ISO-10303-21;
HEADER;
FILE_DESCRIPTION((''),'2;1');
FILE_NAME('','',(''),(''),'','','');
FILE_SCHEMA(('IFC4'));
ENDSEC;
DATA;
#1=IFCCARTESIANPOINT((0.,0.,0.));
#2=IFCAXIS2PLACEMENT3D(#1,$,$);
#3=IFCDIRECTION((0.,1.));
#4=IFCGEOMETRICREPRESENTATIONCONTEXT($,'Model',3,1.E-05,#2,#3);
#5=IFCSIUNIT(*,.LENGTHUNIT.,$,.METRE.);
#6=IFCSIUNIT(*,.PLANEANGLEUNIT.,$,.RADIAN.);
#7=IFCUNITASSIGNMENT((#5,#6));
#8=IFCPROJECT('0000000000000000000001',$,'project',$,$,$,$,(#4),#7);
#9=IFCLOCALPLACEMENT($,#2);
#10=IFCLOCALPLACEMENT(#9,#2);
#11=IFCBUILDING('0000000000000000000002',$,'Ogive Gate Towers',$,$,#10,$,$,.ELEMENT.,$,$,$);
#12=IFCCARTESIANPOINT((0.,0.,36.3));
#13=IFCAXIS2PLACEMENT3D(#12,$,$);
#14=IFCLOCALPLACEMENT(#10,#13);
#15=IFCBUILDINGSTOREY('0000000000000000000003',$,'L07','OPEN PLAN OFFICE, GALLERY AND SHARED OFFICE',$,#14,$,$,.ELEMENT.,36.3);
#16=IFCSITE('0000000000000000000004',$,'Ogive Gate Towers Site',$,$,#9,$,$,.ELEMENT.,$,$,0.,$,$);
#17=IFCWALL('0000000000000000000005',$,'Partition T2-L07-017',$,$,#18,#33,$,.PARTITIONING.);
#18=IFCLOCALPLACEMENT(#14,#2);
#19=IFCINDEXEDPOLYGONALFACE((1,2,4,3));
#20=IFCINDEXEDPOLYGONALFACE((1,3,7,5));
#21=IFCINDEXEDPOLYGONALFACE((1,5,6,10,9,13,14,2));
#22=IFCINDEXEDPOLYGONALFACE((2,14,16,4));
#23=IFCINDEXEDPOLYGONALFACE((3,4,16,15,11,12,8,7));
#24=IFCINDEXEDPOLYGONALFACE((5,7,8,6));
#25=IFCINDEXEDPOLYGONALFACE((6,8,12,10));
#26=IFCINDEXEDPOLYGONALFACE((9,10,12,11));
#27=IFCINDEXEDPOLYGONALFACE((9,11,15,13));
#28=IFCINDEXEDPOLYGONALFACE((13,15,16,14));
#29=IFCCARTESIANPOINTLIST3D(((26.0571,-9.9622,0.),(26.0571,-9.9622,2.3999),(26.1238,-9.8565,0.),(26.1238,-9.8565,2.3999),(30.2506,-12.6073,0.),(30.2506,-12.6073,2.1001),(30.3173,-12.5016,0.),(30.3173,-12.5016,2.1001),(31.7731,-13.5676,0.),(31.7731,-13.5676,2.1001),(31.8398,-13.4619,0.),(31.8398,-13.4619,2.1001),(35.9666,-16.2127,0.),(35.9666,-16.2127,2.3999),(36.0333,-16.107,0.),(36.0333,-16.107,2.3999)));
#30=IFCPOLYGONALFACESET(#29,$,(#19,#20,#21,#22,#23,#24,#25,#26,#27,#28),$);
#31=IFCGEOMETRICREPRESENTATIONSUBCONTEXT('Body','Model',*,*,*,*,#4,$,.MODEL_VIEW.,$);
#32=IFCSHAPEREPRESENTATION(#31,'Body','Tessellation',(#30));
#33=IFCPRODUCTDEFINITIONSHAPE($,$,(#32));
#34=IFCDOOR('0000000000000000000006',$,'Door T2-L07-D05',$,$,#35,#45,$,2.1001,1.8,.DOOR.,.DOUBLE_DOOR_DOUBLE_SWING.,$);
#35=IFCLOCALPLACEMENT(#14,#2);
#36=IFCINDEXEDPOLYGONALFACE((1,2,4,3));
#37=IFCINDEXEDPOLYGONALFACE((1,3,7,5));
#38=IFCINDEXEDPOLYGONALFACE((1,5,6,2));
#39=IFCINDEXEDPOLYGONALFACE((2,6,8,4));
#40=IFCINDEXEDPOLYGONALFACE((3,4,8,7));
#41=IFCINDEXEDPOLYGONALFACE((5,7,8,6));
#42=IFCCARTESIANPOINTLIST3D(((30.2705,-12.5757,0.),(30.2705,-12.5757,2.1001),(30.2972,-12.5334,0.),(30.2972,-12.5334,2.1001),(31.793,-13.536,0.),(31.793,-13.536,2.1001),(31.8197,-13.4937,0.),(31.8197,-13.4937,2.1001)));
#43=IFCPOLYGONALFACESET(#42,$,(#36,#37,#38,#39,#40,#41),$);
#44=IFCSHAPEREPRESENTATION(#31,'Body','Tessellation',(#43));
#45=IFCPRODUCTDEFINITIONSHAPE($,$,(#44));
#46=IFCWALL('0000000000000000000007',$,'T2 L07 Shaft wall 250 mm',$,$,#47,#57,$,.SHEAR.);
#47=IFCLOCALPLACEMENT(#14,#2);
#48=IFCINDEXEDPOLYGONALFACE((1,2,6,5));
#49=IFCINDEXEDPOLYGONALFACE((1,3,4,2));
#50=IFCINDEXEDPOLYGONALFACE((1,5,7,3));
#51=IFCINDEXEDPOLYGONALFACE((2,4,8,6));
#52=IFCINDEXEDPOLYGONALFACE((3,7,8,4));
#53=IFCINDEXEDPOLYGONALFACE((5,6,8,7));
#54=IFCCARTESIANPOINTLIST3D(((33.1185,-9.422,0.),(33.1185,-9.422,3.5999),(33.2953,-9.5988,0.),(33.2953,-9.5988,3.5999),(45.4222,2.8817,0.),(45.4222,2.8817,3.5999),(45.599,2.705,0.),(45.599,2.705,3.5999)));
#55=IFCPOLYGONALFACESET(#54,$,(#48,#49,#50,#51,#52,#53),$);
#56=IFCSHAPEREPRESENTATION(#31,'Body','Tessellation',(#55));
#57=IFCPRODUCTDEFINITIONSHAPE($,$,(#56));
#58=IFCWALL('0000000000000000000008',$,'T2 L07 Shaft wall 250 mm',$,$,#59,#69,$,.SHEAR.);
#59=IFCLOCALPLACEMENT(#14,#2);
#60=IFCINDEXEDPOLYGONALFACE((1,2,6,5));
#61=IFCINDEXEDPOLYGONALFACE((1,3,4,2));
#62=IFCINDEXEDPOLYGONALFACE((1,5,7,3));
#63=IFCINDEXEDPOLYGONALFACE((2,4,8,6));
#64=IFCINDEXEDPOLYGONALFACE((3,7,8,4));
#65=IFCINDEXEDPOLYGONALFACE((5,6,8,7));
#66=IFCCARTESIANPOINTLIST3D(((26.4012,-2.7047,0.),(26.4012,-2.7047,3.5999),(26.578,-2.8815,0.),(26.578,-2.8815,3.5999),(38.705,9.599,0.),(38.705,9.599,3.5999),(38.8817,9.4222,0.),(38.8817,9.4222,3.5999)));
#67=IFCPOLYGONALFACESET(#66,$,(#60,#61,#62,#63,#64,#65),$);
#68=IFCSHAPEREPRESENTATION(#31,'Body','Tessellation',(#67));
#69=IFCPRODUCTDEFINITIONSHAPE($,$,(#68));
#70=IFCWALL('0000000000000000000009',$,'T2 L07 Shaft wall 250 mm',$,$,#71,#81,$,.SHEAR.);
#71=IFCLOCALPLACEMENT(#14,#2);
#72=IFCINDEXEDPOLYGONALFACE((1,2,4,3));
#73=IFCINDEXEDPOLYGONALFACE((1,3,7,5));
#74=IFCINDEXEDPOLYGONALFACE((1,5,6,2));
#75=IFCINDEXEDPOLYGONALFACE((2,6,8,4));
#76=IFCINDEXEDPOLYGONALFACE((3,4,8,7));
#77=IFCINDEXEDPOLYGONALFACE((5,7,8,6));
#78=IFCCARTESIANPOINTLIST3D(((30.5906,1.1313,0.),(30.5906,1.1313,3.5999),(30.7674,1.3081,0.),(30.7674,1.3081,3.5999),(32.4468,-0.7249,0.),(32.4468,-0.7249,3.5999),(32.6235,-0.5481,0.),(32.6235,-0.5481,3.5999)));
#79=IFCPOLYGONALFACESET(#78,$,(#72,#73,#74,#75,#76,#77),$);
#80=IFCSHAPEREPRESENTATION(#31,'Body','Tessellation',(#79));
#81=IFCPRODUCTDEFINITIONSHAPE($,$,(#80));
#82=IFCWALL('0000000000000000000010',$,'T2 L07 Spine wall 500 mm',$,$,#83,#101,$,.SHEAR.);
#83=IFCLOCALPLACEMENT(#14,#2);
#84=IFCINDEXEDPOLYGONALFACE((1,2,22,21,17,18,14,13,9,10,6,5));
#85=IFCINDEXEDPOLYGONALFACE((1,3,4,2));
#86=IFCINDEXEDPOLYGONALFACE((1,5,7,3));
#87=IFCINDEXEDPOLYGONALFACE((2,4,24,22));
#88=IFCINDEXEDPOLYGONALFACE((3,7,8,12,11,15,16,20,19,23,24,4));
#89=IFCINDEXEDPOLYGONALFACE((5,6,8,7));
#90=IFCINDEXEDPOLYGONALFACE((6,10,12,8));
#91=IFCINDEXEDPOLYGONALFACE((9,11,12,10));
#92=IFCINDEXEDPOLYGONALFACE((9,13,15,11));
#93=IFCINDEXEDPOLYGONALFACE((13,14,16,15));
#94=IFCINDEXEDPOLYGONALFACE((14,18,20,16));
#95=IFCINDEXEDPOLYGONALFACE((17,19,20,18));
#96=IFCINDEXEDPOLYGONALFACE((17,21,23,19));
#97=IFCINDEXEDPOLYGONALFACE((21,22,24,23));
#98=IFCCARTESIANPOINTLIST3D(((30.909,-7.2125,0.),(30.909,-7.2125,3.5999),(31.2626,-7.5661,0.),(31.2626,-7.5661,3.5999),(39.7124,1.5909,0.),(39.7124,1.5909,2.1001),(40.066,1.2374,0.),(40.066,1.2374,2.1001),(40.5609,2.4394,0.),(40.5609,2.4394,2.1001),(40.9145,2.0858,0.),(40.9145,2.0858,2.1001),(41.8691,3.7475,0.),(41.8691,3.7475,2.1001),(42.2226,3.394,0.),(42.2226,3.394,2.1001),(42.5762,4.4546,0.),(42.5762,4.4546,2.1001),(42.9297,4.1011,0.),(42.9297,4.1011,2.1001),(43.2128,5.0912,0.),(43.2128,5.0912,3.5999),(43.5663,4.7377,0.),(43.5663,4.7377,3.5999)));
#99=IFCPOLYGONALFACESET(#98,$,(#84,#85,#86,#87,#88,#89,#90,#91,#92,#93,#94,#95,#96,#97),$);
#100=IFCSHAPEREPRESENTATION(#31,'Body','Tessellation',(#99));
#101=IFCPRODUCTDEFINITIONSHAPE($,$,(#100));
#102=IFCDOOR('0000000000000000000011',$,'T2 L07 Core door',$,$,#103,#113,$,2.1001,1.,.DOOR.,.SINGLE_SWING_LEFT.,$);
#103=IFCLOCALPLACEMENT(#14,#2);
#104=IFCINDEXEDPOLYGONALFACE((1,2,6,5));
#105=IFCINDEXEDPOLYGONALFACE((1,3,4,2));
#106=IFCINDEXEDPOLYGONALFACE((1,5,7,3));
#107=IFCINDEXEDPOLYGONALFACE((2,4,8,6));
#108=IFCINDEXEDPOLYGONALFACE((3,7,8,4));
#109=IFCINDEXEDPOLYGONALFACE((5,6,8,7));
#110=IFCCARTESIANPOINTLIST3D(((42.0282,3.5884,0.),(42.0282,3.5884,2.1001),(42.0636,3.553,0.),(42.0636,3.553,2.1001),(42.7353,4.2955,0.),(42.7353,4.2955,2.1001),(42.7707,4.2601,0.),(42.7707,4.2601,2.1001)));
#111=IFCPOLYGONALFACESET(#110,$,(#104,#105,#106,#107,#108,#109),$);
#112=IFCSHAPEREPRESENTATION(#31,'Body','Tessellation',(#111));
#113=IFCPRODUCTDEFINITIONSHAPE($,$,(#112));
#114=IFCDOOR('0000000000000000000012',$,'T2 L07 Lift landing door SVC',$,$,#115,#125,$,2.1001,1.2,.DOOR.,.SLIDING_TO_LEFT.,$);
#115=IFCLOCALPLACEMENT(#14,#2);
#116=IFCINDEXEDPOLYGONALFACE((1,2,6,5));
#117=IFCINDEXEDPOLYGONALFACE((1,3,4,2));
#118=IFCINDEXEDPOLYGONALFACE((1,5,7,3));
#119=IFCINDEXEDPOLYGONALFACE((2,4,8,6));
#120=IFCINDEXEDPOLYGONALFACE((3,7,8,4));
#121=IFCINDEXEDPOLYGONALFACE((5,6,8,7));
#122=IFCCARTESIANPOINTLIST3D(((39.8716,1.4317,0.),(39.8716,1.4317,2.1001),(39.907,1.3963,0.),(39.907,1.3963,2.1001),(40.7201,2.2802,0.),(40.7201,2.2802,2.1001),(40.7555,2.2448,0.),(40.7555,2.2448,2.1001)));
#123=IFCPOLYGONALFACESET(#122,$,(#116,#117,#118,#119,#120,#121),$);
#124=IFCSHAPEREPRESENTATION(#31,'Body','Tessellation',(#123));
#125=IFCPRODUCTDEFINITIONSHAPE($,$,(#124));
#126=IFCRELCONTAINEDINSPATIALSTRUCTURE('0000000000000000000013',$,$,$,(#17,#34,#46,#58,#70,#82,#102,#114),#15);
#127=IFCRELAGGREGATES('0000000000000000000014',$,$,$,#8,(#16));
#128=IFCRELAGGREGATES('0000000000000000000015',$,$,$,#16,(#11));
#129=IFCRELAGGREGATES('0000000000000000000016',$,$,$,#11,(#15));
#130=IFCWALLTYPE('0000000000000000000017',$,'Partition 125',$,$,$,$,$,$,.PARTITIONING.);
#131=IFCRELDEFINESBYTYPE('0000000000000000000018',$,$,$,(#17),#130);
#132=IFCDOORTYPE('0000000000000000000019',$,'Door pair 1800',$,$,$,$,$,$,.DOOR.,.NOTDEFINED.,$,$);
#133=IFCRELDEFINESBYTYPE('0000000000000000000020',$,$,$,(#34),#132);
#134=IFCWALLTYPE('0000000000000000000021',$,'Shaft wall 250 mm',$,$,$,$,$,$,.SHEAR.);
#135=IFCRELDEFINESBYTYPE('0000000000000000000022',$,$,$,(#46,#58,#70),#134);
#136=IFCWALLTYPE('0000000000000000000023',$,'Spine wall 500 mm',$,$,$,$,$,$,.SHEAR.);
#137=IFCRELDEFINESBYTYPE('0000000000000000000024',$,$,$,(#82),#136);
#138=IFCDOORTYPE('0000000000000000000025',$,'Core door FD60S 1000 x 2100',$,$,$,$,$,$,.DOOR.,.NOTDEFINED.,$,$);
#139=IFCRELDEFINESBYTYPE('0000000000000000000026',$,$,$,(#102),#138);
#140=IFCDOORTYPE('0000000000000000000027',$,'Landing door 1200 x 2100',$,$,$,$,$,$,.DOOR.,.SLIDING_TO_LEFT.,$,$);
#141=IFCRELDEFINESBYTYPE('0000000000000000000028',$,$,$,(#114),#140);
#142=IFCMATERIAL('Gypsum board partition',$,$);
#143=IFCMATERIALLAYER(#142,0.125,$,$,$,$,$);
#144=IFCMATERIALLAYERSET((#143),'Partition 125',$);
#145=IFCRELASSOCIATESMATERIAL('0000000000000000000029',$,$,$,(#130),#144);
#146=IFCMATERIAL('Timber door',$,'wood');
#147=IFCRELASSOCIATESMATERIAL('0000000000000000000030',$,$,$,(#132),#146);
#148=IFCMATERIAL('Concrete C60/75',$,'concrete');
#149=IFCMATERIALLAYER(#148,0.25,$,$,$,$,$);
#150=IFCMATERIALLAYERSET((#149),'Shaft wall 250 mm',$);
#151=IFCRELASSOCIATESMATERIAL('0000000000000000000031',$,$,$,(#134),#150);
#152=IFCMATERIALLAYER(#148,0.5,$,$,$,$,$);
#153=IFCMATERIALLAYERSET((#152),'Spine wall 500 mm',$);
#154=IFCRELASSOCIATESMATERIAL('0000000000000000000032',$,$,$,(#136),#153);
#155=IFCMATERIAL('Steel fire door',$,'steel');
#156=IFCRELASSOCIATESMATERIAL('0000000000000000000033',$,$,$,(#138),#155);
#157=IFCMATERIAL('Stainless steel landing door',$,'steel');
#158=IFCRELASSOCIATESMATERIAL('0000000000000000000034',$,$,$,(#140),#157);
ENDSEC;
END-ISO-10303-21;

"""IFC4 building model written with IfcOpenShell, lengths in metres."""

from ifc_helpers import new_model, si_unit, direction, frame, frame_2d, origin, place, context, subcontext, project, spatial, rectangle, extrude, material, layer, layer_set, type_object, element, fill, save


model = new_model("IFC4")

# Units and contexts
model_context = context("Model", 3, precision=1e-05, world=origin(), true_north=direction((0.0, 1.0)))
body_context = subcontext(model_context, "Body", "Model", "MODEL_VIEW")
ifc_project = project(units=[si_unit("LENGTHUNIT", "METRE"), si_unit("PLANEANGLEUNIT", "RADIAN")], contexts=[model_context])

# Site, building, storey
site_placement = place(None, origin())
site = spatial("IfcSite", under=ifc_project, at=site_placement, Name="Ogive Gate Towers Site", CompositionType="ELEMENT", RefElevation=0.0)
building_placement = place(site_placement, origin())
building = spatial("IfcBuilding", under=site, at=building_placement, Name="Ogive Gate Towers", CompositionType="ELEMENT")
storey_placement = place(building_placement, frame((0.0, 0.0, 36.3)))
storey = spatial("IfcBuildingStorey", under=building, at=storey_placement, Name="L07", Description="OPEN PLAN OFFICE, GALLERY AND SHARED OFFICE", CompositionType="ELEMENT", Elevation=36.3)

# Wall, opening, door
ifc_material_1 = material(Name="Gypsum board partition")
ifc_layer_1 = layer(ifc_material_1, 0.125)
ifc_layer_set_1 = layer_set([ifc_layer_1], Name="Partition 125")
wall_type_1 = type_object("IfcWallType", Name="Partition 125", PredefinedType="PARTITIONING", material=ifc_layer_set_1)
wall_1_placement = place(storey_placement, frame((26.0906, -9.9094, 0.0), z_axis=(0.0, 0.0, 1.0), x_axis=(0.845801, -0.533499, 0.0)))
wall_1 = element("IfcWall", 1, at=wall_1_placement, inside=storey, type_object=wall_type_1, Name="Partition T2-L07-017", PredefinedType="PARTITIONING", context=body_context, shape_type="SweptSolid", body=[
    extrude(rectangle(XDim=11.7161, YDim=0.125, at=frame_2d((5.8579, 0.0))), origin(), (0.0, 0.0, 1.0), 2.3999),
])
opening_1_placement = place(wall_1_placement, frame((4.958, 0.0, 0.0)))
opening_1 = element("IfcOpeningElement", 2, at=opening_1_placement, cuts=wall_1, PredefinedType="OPENING", context=body_context, shape_type="SweptSolid", body=[
    extrude(rectangle(XDim=1.8, YDim=2.1001, at=frame_2d((0.8999, 1.05))), frame((0.0, 0.0725, 0.0), z_axis=(0.0, -1.0, 0.0), x_axis=(1.0, 0.0, 0.0)), (0.0, 0.0, 1.0), 0.145),
])
ifc_material_2 = material(Name="Timber door", Category="wood")
door_type_1 = type_object("IfcDoorType", Name="Door pair 1800", OperationType="NOTDEFINED", PredefinedType="DOOR", material=ifc_material_2)
door_1_placement = place(opening_1_placement, origin())
door_1 = element("IfcDoor", 3, at=door_1_placement, inside=storey, type_object=door_type_1, Name="Door T2-L07-D05", OperationType="DOUBLE_DOOR_DOUBLE_SWING", OverallHeight=2.1001, OverallWidth=1.8, PredefinedType="DOOR", context=body_context, shape_type="SweptSolid", body=[
    extrude(rectangle(XDim=1.8, YDim=2.1001, at=frame_2d((0.8999, 1.05))), frame((0.0, 0.0249, 0.0), z_axis=(0.0, -1.0, 0.0), x_axis=(1.0, 0.0, 0.0)), (0.0, 0.0, 1.0), 0.05),
])
fill(opening_1, door_1)

# Walls
ifc_material_3 = material(Name="Concrete C60/75", Category="concrete")
ifc_layer_2 = layer(ifc_material_3, 0.25)
ifc_layer_set_2 = layer_set([ifc_layer_2], Name="Shaft wall 250 mm")
wall_type_2 = type_object("IfcWallType", Name="Shaft wall 250 mm", PredefinedType="SHEAR", material=ifc_layer_set_2)
for number, where, z_axis, x_axis, name in (
    (4, (33.2068, -9.5105, 0.0), (0.0, 0.0, 1.0), (0.707107, 0.707107, 0.0), "T2 L07 Shaft wall 250 mm"),
    (5, (26.4895, -2.7932, 0.0), (0.0, 0.0, 1.0), (0.707107, 0.707107, 0.0), "T2 L07 Shaft wall 250 mm"),
):
    element("IfcWall", number, at=place(storey_placement, frame(where, z_axis=z_axis, x_axis=x_axis)), inside=storey, type_object=wall_type_2, Name=name, PredefinedType="SHEAR", context=body_context, shape_type="SweptSolid", body=[
        extrude(rectangle(XDim=17.4001, YDim=0.25, at=frame_2d((8.7002, 0.0))), origin(), (0.0, 0.0, 1.0), 3.5999),
    ])
wall_2_placement = place(storey_placement, frame((32.5352, -0.6365, 0.0), z_axis=(0.0, 0.0, 1.0), x_axis=(-0.707107, 0.707107, 0.0)))
element("IfcWall", 6, at=wall_2_placement, inside=storey, type_object=wall_type_2, Name="T2 L07 Shaft wall 250 mm", PredefinedType="SHEAR", context=body_context, shape_type="SweptSolid", body=[
    extrude(rectangle(XDim=2.625, YDim=0.25, at=frame_2d((1.3125, 0.0))), origin(), (0.0, 0.0, 1.0), 3.5999),
])

# Wall, openings, doors
ifc_layer_3 = layer(ifc_material_3, 0.5)
ifc_layer_set_3 = layer_set([ifc_layer_3], Name="Spine wall 500 mm")
wall_type_3 = type_object("IfcWallType", Name="Spine wall 500 mm", PredefinedType="SHEAR", material=ifc_layer_set_3)
wall_3_placement = place(storey_placement, frame((31.0857, -7.3894, 0.0), z_axis=(0.0, 0.0, 1.0), x_axis=(0.707107, 0.707107, 0.0)))
wall_3 = element("IfcWall", 7, at=wall_3_placement, inside=storey, type_object=wall_type_3, Name="T2 L07 Spine wall 500 mm", PredefinedType="SHEAR", context=body_context, shape_type="SweptSolid", body=[
    extrude(rectangle(XDim=17.4001, YDim=0.5, at=frame_2d((8.7002, 0.0))), origin(), (0.0, 0.0, 1.0), 3.5999),
])
opening_2_placement = place(wall_3_placement, frame((12.45, 0.0, 0.0)))
opening_2 = element("IfcOpeningElement", 8, at=opening_2_placement, cuts=wall_3, PredefinedType="OPENING", context=body_context, shape_type="SweptSolid", body=[
    extrude(rectangle(XDim=1.2, YDim=2.1001, at=frame_2d((0.6001, 1.05))), frame((0.0, 0.26, 0.0), z_axis=(0.0, -1.0, 0.0), x_axis=(1.0, 0.0, 0.0)), (0.0, 0.0, 1.0), 0.52),
])
opening_3_placement = place(wall_3_placement, frame((15.5, 0.0, 0.0)))
opening_3 = element("IfcOpeningElement", 9, at=opening_3_placement, cuts=wall_3, PredefinedType="OPENING", context=body_context, shape_type="SweptSolid", body=[
    extrude(rectangle(XDim=1.0, YDim=2.1001, at=frame_2d((0.5, 1.05))), frame((0.0, 0.26, 0.0), z_axis=(0.0, -1.0, 0.0), x_axis=(1.0, 0.0, 0.0)), (0.0, 0.0, 1.0), 0.52),
])
ifc_material_4 = material(Name="Steel fire door", Category="steel")
door_type_2 = type_object("IfcDoorType", Name="Core door FD60S 1000 x 2100", OperationType="NOTDEFINED", PredefinedType="DOOR", material=ifc_material_4)
door_2_placement = place(opening_3_placement, origin())
door_2 = element("IfcDoor", 10, at=door_2_placement, inside=storey, type_object=door_type_2, Name="T2 L07 Core door", OperationType="SINGLE_SWING_LEFT", OverallHeight=2.1001, OverallWidth=1.0, PredefinedType="DOOR", context=body_context, shape_type="SweptSolid", body=[
    extrude(rectangle(XDim=1.0, YDim=2.1001, at=frame_2d((0.5, 1.05))), frame((0.0, 0.0249, 0.0), z_axis=(0.0, -1.0, 0.0), x_axis=(1.0, 0.0, 0.0)), (0.0, 0.0, 1.0), 0.05),
])
fill(opening_3, door_2)
ifc_material_5 = material(Name="Stainless steel landing door", Category="steel")
door_type_3 = type_object("IfcDoorType", Name="Landing door 1200 x 2100", OperationType="SLIDING_TO_LEFT", PredefinedType="DOOR", material=ifc_material_5)
door_3_placement = place(opening_2_placement, origin())
door_3 = element("IfcDoor", 11, at=door_3_placement, inside=storey, type_object=door_type_3, Name="T2 L07 Lift landing door SVC", OperationType="SLIDING_TO_LEFT", OverallHeight=2.1001, OverallWidth=1.2, PredefinedType="DOOR", context=body_context, shape_type="SweptSolid", body=[
    extrude(rectangle(XDim=1.2, YDim=2.1001, at=frame_2d((0.6001, 1.05))), frame((0.0, 0.0249, 0.0), z_axis=(0.0, -1.0, 0.0), x_axis=(1.0, 0.0, 0.0)), (0.0, 0.0, 1.0), 0.05),
])
fill(opening_2, door_3)

save(model, "model.ifc")
